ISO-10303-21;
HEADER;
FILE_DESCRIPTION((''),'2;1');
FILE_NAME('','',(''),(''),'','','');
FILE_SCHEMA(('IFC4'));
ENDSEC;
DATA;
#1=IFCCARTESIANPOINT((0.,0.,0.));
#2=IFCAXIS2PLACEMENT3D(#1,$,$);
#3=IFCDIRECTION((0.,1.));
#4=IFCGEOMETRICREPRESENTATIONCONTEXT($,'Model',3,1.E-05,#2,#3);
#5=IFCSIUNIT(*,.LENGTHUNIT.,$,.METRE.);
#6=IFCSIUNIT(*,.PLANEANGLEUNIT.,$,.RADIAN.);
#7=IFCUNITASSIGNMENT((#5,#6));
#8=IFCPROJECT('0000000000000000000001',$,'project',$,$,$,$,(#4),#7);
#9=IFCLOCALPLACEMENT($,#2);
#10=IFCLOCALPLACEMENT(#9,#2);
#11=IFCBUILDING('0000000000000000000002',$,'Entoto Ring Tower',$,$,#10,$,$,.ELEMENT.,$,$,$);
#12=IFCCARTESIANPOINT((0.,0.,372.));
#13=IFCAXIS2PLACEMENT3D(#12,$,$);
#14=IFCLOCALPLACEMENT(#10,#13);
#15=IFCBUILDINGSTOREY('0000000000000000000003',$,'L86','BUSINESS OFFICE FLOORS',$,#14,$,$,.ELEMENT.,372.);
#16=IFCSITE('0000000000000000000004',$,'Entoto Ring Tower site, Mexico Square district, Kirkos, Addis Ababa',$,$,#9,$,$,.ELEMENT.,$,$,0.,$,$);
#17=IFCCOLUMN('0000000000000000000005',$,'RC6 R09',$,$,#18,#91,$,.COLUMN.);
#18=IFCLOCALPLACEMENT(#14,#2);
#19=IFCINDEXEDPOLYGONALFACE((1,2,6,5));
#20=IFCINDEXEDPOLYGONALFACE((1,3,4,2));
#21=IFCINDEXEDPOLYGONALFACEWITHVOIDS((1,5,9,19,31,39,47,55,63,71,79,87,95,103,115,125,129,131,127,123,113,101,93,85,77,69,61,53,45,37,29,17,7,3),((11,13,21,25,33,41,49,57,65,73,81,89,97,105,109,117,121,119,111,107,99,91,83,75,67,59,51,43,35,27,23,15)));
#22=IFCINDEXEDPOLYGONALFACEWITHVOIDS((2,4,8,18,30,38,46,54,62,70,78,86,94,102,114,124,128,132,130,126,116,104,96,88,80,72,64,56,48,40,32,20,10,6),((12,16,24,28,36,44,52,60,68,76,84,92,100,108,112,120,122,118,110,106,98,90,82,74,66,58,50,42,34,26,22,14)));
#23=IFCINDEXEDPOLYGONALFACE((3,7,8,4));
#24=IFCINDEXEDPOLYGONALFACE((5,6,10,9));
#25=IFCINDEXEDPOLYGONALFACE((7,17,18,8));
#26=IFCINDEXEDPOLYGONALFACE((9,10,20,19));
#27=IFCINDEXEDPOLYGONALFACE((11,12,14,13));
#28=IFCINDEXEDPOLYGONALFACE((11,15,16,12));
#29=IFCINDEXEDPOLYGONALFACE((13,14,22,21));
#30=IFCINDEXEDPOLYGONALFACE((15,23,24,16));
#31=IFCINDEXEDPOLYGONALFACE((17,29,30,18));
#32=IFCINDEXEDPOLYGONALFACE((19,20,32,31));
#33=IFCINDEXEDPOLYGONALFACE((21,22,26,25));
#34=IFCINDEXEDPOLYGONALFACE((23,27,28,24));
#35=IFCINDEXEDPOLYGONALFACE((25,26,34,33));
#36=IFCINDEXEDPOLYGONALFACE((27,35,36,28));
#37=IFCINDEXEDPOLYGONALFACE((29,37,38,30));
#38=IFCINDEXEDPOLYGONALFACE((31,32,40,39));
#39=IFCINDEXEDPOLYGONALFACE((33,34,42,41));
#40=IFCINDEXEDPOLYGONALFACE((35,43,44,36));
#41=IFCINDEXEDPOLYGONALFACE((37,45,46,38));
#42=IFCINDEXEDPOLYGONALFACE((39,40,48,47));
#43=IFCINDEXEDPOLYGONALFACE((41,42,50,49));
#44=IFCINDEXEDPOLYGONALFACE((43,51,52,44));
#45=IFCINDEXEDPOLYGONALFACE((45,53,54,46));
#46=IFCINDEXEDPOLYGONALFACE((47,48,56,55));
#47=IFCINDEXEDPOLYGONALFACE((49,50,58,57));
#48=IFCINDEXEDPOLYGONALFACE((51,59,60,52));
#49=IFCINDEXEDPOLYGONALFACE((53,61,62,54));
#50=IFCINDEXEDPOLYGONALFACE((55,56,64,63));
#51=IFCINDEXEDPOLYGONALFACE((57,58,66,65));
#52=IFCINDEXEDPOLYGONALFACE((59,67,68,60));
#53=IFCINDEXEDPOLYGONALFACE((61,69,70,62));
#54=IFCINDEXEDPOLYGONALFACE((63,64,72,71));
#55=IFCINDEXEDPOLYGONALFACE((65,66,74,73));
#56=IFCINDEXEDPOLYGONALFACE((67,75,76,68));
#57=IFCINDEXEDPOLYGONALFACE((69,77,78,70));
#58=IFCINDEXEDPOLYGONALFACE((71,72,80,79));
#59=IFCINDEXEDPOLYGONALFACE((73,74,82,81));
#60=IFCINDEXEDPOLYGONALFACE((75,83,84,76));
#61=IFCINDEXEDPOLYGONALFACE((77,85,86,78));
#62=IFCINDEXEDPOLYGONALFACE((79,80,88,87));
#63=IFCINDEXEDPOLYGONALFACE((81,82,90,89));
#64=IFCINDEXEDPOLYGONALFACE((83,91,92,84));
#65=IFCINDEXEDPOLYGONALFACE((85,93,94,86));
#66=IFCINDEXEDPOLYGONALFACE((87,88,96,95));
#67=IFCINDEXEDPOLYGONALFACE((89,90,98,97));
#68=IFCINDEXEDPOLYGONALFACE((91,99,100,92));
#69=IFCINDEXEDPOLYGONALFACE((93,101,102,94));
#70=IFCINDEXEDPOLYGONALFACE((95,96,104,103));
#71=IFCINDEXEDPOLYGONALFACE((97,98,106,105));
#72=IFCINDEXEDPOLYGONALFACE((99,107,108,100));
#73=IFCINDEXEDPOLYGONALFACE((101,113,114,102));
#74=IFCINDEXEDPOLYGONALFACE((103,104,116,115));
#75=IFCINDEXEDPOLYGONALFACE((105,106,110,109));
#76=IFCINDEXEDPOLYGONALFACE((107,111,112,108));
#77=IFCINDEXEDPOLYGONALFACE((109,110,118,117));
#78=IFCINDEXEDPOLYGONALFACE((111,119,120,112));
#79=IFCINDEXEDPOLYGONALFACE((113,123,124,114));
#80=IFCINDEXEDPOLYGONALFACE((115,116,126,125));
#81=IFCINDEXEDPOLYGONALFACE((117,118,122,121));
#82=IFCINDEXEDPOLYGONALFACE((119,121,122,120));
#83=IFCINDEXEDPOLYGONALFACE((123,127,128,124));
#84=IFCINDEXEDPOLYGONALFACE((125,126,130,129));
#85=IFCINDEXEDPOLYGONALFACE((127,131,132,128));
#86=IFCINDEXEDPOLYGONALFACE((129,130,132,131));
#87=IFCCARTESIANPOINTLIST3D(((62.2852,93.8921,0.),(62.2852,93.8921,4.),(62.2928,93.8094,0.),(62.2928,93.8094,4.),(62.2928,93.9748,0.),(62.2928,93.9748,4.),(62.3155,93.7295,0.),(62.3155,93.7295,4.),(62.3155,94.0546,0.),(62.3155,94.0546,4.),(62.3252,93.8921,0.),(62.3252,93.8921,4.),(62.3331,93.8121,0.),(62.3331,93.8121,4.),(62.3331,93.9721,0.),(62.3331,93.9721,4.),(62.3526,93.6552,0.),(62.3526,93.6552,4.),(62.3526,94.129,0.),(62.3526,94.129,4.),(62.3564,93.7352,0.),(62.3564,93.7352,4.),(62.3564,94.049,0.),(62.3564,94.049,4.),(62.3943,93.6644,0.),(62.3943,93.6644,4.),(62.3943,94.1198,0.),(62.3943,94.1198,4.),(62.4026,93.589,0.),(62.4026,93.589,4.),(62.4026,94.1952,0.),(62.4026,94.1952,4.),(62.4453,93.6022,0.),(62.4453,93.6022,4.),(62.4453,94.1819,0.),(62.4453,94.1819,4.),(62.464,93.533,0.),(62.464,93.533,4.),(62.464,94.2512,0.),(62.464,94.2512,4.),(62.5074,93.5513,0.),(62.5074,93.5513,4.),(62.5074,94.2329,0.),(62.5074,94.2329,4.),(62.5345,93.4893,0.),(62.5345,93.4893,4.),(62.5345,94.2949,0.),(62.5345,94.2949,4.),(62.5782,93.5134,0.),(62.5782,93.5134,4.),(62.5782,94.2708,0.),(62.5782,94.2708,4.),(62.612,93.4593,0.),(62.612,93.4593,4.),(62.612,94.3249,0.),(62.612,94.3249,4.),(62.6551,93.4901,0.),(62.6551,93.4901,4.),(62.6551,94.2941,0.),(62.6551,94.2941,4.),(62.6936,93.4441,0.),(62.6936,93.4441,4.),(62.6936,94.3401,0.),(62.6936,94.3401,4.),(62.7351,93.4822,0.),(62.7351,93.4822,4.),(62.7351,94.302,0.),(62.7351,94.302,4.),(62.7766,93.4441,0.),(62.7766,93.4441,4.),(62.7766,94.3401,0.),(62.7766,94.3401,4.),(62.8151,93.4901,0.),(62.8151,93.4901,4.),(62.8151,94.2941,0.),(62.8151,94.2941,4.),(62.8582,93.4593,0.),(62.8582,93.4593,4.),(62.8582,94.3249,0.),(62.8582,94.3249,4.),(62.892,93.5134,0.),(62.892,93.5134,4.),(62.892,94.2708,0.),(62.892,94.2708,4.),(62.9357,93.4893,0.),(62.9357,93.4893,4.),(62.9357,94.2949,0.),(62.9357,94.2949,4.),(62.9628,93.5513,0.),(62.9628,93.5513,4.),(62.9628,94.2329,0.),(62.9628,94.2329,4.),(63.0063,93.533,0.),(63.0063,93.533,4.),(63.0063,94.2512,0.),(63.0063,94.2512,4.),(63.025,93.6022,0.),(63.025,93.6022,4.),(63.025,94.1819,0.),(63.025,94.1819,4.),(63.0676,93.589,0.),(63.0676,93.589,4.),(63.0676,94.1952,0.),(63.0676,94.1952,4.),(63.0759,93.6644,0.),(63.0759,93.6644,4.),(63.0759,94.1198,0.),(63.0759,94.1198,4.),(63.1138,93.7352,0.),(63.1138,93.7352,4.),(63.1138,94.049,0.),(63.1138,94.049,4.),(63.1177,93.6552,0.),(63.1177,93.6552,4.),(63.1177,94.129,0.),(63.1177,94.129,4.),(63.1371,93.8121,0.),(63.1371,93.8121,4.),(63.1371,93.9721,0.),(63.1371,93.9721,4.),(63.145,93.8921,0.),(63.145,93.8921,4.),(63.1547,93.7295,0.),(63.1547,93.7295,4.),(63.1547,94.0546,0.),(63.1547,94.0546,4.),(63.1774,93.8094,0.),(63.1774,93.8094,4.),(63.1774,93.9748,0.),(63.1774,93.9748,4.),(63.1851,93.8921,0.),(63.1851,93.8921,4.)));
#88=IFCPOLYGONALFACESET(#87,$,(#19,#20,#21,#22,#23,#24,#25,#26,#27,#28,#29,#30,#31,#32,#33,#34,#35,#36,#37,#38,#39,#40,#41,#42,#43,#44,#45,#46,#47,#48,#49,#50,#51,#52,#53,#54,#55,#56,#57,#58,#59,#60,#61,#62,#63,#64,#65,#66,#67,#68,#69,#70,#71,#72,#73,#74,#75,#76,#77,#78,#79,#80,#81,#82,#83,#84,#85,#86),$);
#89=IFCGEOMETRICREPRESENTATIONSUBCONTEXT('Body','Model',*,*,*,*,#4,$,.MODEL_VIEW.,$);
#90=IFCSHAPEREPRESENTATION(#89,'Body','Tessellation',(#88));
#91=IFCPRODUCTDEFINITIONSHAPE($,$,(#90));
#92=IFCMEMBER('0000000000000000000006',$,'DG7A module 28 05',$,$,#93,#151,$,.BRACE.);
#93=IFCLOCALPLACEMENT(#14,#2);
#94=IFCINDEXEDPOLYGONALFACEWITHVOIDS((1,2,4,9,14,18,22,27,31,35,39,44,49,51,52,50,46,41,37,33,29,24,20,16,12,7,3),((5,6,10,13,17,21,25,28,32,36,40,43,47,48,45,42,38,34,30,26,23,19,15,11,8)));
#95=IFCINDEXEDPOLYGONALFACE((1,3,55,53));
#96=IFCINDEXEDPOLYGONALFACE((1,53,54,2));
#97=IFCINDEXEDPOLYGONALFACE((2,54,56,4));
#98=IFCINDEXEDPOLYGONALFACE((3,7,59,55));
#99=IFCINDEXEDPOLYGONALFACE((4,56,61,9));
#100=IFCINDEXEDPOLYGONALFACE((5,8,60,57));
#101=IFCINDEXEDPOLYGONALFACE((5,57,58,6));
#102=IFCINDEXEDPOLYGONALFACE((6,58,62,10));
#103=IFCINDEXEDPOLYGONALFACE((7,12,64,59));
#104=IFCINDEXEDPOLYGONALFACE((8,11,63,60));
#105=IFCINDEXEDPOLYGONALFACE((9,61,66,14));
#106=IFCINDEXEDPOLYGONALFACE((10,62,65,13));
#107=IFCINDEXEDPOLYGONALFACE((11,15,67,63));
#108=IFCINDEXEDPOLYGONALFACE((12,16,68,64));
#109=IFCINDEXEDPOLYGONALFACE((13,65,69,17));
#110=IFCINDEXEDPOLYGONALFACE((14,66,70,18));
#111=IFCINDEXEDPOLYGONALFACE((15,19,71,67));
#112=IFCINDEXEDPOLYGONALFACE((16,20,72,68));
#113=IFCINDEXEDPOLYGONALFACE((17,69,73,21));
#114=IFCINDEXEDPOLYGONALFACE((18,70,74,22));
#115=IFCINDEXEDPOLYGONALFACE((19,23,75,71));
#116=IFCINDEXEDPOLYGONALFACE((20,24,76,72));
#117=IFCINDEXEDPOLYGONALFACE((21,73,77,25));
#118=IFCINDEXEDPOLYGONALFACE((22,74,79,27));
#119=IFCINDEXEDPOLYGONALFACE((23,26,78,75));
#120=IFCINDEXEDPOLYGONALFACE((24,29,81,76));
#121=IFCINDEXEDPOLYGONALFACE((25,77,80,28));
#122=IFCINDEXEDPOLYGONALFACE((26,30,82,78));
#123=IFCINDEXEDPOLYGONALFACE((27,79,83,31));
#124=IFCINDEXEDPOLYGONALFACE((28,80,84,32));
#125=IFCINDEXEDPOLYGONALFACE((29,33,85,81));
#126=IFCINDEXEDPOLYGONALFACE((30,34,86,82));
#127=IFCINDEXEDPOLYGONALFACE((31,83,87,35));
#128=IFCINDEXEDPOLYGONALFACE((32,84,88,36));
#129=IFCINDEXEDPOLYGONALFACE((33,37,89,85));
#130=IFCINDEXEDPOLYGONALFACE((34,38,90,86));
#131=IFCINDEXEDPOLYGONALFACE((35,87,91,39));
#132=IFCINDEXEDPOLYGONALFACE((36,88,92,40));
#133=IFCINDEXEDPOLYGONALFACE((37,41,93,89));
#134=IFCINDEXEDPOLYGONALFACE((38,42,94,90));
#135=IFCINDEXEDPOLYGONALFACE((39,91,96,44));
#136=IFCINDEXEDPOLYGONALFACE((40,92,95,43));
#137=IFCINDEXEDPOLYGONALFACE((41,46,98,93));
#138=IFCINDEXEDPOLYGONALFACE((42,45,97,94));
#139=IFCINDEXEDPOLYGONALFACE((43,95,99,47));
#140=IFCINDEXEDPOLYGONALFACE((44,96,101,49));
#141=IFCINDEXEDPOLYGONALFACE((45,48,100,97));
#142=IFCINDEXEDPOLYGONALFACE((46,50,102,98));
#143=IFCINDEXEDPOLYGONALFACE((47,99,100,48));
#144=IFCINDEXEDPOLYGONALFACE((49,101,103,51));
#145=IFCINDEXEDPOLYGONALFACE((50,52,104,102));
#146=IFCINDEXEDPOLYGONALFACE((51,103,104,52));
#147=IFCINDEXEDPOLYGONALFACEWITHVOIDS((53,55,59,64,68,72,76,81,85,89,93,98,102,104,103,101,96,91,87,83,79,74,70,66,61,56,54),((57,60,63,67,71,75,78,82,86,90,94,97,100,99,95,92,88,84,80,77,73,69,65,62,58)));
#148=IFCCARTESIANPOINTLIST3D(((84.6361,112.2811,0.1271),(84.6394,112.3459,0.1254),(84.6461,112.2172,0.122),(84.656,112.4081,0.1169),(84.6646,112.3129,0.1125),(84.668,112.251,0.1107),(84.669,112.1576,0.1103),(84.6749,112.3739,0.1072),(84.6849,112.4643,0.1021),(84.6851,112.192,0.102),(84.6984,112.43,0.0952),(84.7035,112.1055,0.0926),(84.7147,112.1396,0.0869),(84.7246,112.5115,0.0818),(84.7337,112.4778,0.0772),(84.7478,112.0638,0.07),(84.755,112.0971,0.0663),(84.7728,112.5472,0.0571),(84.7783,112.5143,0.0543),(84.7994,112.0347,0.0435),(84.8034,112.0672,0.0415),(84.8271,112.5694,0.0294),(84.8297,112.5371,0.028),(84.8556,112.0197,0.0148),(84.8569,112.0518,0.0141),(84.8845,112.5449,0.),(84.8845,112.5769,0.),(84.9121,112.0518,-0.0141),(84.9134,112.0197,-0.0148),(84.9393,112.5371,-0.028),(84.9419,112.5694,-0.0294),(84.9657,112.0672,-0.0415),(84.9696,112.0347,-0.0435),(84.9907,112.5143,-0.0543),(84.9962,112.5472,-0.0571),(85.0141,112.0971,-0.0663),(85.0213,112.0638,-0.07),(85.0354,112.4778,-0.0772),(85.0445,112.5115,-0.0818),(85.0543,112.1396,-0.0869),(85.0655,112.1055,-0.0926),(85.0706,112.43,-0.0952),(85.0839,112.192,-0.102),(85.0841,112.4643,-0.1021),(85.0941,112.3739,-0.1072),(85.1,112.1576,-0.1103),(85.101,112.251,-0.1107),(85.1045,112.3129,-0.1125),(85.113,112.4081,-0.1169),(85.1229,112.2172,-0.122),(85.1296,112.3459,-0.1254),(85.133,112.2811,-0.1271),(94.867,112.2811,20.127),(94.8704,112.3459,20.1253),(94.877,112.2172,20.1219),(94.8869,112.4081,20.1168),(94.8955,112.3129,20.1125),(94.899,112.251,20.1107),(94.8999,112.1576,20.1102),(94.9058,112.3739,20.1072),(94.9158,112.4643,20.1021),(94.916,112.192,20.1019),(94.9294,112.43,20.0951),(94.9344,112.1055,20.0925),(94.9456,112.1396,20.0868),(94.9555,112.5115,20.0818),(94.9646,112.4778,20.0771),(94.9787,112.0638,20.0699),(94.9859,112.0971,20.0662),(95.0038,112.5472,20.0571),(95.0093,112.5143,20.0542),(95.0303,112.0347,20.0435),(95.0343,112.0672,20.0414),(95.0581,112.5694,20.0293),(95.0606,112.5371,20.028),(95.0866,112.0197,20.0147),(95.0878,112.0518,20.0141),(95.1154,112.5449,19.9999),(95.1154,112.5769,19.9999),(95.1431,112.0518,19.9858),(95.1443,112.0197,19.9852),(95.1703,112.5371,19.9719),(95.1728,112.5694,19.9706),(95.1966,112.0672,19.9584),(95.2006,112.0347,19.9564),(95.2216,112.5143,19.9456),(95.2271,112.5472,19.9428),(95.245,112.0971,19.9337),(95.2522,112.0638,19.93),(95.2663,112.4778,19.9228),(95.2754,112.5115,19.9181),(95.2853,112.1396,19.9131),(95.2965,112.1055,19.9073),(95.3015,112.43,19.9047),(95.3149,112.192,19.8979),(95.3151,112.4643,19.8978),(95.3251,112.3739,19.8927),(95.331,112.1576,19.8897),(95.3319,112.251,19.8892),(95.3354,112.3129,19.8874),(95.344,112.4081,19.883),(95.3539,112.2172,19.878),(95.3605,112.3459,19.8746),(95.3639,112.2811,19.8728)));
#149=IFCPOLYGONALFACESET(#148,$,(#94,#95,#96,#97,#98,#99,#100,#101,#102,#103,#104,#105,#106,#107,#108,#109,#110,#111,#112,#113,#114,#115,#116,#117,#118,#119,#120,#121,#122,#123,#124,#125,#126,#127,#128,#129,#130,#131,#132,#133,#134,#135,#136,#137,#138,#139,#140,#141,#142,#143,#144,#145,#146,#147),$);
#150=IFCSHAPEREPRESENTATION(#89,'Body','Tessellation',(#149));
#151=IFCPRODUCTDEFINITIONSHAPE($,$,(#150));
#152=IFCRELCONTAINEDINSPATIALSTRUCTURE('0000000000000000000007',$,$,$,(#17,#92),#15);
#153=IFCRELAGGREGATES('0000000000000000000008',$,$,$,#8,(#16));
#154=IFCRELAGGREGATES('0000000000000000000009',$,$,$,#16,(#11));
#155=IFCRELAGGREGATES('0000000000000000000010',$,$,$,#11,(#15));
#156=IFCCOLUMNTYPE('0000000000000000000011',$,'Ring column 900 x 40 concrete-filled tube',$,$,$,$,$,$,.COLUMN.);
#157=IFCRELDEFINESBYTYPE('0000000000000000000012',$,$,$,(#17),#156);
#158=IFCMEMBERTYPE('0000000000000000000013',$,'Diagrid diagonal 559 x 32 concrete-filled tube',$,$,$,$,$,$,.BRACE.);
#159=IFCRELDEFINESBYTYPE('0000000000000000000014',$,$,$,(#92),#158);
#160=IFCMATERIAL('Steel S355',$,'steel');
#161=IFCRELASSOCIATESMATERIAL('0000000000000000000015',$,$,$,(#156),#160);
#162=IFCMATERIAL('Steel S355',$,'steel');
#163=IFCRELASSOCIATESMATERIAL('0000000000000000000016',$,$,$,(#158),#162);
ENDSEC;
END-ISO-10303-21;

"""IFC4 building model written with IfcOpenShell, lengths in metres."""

from ifc_helpers import new_model, si_unit, direction, frame, origin, origin_2d, place, context, subcontext, project, spatial, circle, hollow_circle, extrude, material, material_profile, profile_set, type_object, element, save


model = new_model("IFC4")

# Units and contexts
model_context = context("Model", 3, precision=1e-05, world=origin(), true_north=direction((0.0, 1.0)))
body_context = subcontext(model_context, "Body", "Model", "MODEL_VIEW")
ifc_project = project(units=[si_unit("LENGTHUNIT", "METRE"), si_unit("PLANEANGLEUNIT", "RADIAN")], contexts=[model_context])

# Site, building, storey
site_placement = place(None, origin())
site = spatial("IfcSite", under=ifc_project, at=site_placement, Name="Entoto Ring Tower site, Mexico Square district, Kirkos, Addis Ababa", CompositionType="ELEMENT", RefElevation=0.0)
building_placement = place(site_placement, origin())
building = spatial("IfcBuilding", under=site, at=building_placement, Name="Entoto Ring Tower", CompositionType="ELEMENT")
storey_placement = place(building_placement, frame((0.0, 0.0, 372.0)))
storey = spatial("IfcBuildingStorey", under=building, at=storey_placement, Name="L86", Description="BUSINESS OFFICE FLOORS", CompositionType="ELEMENT", Elevation=372.0)

# Column
ifc_material_1 = material(Name="Steel S355", Category="steel")
ifc_material_profile_1 = material_profile(ifc_material_1, hollow_circle(Radius=0.45, WallThickness=0.04, at=origin_2d()), Name="CHS 900 x 40")
ifc_material_2 = material(Name="Concrete C60/75", Category="concrete")
ifc_material_profile_2 = material_profile(ifc_material_2, circle(Radius=0.4099, at=origin_2d()), Name="Concrete C60/75 infill")
ifc_profile_set_1 = profile_set([ifc_material_profile_1, ifc_material_profile_2], Name="Steel S355")
column_type = type_object("IfcColumnType", Name="Ring column 900 x 40 concrete-filled tube", PredefinedType="COLUMN", material=ifc_profile_set_1)
for number, where, z_axis, x_axis, name in (
    (1, (62.7351, 93.8921, 0.0), (0.0, 0.0, 1.0), (1.0, 0.0, 0.0), "RC6 R09"),
):
    element("IfcColumn", number, at=place(storey_placement, frame(where, z_axis=z_axis, x_axis=x_axis)), inside=storey, type_object=column_type, Name=name, PredefinedType="COLUMN", context=body_context, shape_type="SweptSolid", body=[
        extrude(hollow_circle(Radius=0.45, WallThickness=0.04, at=origin_2d()), origin(), (0.0, 0.0, 1.0), 4.0),
    ])

# Member
ifc_material_3 = material(Name="Steel S355", Category="steel")
ifc_material_profile_3 = material_profile(ifc_material_3, hollow_circle(Radius=0.2795, WallThickness=0.032, at=origin_2d()), Name="CHS 559 x 32")
ifc_material_4 = material(Name="Concrete C60/75", Category="concrete")
ifc_material_profile_4 = material_profile(ifc_material_4, circle(Radius=0.2476, at=origin_2d()), Name="Concrete C60/75 infill")
ifc_profile_set_2 = profile_set([ifc_material_profile_3, ifc_material_profile_4], Name="Steel S355")
member_type_1 = type_object("IfcMemberType", Name="Diagrid diagonal 559 x 32 concrete-filled tube", PredefinedType="BRACE", material=ifc_profile_set_2)
for number, where, z_axis, x_axis, name in (
    (2, (84.8845, 112.2974, 0.0), (0.455419, 0.0, 0.890277), (0.0, 1.0, 0.0), "DG7A module 28 05"),
):
    element("IfcMember", number, at=place(storey_placement, frame(where, z_axis=z_axis, x_axis=x_axis)), inside=storey, type_object=member_type_1, Name=name, PredefinedType="BRACE", context=body_context, shape_type="SweptSolid", body=[
        extrude(hollow_circle(Radius=0.2795, WallThickness=0.032, at=origin_2d()), origin(), (0.0, 0.0, 1.0), 22.4648),
    ])

save(model, "model.ifc")
